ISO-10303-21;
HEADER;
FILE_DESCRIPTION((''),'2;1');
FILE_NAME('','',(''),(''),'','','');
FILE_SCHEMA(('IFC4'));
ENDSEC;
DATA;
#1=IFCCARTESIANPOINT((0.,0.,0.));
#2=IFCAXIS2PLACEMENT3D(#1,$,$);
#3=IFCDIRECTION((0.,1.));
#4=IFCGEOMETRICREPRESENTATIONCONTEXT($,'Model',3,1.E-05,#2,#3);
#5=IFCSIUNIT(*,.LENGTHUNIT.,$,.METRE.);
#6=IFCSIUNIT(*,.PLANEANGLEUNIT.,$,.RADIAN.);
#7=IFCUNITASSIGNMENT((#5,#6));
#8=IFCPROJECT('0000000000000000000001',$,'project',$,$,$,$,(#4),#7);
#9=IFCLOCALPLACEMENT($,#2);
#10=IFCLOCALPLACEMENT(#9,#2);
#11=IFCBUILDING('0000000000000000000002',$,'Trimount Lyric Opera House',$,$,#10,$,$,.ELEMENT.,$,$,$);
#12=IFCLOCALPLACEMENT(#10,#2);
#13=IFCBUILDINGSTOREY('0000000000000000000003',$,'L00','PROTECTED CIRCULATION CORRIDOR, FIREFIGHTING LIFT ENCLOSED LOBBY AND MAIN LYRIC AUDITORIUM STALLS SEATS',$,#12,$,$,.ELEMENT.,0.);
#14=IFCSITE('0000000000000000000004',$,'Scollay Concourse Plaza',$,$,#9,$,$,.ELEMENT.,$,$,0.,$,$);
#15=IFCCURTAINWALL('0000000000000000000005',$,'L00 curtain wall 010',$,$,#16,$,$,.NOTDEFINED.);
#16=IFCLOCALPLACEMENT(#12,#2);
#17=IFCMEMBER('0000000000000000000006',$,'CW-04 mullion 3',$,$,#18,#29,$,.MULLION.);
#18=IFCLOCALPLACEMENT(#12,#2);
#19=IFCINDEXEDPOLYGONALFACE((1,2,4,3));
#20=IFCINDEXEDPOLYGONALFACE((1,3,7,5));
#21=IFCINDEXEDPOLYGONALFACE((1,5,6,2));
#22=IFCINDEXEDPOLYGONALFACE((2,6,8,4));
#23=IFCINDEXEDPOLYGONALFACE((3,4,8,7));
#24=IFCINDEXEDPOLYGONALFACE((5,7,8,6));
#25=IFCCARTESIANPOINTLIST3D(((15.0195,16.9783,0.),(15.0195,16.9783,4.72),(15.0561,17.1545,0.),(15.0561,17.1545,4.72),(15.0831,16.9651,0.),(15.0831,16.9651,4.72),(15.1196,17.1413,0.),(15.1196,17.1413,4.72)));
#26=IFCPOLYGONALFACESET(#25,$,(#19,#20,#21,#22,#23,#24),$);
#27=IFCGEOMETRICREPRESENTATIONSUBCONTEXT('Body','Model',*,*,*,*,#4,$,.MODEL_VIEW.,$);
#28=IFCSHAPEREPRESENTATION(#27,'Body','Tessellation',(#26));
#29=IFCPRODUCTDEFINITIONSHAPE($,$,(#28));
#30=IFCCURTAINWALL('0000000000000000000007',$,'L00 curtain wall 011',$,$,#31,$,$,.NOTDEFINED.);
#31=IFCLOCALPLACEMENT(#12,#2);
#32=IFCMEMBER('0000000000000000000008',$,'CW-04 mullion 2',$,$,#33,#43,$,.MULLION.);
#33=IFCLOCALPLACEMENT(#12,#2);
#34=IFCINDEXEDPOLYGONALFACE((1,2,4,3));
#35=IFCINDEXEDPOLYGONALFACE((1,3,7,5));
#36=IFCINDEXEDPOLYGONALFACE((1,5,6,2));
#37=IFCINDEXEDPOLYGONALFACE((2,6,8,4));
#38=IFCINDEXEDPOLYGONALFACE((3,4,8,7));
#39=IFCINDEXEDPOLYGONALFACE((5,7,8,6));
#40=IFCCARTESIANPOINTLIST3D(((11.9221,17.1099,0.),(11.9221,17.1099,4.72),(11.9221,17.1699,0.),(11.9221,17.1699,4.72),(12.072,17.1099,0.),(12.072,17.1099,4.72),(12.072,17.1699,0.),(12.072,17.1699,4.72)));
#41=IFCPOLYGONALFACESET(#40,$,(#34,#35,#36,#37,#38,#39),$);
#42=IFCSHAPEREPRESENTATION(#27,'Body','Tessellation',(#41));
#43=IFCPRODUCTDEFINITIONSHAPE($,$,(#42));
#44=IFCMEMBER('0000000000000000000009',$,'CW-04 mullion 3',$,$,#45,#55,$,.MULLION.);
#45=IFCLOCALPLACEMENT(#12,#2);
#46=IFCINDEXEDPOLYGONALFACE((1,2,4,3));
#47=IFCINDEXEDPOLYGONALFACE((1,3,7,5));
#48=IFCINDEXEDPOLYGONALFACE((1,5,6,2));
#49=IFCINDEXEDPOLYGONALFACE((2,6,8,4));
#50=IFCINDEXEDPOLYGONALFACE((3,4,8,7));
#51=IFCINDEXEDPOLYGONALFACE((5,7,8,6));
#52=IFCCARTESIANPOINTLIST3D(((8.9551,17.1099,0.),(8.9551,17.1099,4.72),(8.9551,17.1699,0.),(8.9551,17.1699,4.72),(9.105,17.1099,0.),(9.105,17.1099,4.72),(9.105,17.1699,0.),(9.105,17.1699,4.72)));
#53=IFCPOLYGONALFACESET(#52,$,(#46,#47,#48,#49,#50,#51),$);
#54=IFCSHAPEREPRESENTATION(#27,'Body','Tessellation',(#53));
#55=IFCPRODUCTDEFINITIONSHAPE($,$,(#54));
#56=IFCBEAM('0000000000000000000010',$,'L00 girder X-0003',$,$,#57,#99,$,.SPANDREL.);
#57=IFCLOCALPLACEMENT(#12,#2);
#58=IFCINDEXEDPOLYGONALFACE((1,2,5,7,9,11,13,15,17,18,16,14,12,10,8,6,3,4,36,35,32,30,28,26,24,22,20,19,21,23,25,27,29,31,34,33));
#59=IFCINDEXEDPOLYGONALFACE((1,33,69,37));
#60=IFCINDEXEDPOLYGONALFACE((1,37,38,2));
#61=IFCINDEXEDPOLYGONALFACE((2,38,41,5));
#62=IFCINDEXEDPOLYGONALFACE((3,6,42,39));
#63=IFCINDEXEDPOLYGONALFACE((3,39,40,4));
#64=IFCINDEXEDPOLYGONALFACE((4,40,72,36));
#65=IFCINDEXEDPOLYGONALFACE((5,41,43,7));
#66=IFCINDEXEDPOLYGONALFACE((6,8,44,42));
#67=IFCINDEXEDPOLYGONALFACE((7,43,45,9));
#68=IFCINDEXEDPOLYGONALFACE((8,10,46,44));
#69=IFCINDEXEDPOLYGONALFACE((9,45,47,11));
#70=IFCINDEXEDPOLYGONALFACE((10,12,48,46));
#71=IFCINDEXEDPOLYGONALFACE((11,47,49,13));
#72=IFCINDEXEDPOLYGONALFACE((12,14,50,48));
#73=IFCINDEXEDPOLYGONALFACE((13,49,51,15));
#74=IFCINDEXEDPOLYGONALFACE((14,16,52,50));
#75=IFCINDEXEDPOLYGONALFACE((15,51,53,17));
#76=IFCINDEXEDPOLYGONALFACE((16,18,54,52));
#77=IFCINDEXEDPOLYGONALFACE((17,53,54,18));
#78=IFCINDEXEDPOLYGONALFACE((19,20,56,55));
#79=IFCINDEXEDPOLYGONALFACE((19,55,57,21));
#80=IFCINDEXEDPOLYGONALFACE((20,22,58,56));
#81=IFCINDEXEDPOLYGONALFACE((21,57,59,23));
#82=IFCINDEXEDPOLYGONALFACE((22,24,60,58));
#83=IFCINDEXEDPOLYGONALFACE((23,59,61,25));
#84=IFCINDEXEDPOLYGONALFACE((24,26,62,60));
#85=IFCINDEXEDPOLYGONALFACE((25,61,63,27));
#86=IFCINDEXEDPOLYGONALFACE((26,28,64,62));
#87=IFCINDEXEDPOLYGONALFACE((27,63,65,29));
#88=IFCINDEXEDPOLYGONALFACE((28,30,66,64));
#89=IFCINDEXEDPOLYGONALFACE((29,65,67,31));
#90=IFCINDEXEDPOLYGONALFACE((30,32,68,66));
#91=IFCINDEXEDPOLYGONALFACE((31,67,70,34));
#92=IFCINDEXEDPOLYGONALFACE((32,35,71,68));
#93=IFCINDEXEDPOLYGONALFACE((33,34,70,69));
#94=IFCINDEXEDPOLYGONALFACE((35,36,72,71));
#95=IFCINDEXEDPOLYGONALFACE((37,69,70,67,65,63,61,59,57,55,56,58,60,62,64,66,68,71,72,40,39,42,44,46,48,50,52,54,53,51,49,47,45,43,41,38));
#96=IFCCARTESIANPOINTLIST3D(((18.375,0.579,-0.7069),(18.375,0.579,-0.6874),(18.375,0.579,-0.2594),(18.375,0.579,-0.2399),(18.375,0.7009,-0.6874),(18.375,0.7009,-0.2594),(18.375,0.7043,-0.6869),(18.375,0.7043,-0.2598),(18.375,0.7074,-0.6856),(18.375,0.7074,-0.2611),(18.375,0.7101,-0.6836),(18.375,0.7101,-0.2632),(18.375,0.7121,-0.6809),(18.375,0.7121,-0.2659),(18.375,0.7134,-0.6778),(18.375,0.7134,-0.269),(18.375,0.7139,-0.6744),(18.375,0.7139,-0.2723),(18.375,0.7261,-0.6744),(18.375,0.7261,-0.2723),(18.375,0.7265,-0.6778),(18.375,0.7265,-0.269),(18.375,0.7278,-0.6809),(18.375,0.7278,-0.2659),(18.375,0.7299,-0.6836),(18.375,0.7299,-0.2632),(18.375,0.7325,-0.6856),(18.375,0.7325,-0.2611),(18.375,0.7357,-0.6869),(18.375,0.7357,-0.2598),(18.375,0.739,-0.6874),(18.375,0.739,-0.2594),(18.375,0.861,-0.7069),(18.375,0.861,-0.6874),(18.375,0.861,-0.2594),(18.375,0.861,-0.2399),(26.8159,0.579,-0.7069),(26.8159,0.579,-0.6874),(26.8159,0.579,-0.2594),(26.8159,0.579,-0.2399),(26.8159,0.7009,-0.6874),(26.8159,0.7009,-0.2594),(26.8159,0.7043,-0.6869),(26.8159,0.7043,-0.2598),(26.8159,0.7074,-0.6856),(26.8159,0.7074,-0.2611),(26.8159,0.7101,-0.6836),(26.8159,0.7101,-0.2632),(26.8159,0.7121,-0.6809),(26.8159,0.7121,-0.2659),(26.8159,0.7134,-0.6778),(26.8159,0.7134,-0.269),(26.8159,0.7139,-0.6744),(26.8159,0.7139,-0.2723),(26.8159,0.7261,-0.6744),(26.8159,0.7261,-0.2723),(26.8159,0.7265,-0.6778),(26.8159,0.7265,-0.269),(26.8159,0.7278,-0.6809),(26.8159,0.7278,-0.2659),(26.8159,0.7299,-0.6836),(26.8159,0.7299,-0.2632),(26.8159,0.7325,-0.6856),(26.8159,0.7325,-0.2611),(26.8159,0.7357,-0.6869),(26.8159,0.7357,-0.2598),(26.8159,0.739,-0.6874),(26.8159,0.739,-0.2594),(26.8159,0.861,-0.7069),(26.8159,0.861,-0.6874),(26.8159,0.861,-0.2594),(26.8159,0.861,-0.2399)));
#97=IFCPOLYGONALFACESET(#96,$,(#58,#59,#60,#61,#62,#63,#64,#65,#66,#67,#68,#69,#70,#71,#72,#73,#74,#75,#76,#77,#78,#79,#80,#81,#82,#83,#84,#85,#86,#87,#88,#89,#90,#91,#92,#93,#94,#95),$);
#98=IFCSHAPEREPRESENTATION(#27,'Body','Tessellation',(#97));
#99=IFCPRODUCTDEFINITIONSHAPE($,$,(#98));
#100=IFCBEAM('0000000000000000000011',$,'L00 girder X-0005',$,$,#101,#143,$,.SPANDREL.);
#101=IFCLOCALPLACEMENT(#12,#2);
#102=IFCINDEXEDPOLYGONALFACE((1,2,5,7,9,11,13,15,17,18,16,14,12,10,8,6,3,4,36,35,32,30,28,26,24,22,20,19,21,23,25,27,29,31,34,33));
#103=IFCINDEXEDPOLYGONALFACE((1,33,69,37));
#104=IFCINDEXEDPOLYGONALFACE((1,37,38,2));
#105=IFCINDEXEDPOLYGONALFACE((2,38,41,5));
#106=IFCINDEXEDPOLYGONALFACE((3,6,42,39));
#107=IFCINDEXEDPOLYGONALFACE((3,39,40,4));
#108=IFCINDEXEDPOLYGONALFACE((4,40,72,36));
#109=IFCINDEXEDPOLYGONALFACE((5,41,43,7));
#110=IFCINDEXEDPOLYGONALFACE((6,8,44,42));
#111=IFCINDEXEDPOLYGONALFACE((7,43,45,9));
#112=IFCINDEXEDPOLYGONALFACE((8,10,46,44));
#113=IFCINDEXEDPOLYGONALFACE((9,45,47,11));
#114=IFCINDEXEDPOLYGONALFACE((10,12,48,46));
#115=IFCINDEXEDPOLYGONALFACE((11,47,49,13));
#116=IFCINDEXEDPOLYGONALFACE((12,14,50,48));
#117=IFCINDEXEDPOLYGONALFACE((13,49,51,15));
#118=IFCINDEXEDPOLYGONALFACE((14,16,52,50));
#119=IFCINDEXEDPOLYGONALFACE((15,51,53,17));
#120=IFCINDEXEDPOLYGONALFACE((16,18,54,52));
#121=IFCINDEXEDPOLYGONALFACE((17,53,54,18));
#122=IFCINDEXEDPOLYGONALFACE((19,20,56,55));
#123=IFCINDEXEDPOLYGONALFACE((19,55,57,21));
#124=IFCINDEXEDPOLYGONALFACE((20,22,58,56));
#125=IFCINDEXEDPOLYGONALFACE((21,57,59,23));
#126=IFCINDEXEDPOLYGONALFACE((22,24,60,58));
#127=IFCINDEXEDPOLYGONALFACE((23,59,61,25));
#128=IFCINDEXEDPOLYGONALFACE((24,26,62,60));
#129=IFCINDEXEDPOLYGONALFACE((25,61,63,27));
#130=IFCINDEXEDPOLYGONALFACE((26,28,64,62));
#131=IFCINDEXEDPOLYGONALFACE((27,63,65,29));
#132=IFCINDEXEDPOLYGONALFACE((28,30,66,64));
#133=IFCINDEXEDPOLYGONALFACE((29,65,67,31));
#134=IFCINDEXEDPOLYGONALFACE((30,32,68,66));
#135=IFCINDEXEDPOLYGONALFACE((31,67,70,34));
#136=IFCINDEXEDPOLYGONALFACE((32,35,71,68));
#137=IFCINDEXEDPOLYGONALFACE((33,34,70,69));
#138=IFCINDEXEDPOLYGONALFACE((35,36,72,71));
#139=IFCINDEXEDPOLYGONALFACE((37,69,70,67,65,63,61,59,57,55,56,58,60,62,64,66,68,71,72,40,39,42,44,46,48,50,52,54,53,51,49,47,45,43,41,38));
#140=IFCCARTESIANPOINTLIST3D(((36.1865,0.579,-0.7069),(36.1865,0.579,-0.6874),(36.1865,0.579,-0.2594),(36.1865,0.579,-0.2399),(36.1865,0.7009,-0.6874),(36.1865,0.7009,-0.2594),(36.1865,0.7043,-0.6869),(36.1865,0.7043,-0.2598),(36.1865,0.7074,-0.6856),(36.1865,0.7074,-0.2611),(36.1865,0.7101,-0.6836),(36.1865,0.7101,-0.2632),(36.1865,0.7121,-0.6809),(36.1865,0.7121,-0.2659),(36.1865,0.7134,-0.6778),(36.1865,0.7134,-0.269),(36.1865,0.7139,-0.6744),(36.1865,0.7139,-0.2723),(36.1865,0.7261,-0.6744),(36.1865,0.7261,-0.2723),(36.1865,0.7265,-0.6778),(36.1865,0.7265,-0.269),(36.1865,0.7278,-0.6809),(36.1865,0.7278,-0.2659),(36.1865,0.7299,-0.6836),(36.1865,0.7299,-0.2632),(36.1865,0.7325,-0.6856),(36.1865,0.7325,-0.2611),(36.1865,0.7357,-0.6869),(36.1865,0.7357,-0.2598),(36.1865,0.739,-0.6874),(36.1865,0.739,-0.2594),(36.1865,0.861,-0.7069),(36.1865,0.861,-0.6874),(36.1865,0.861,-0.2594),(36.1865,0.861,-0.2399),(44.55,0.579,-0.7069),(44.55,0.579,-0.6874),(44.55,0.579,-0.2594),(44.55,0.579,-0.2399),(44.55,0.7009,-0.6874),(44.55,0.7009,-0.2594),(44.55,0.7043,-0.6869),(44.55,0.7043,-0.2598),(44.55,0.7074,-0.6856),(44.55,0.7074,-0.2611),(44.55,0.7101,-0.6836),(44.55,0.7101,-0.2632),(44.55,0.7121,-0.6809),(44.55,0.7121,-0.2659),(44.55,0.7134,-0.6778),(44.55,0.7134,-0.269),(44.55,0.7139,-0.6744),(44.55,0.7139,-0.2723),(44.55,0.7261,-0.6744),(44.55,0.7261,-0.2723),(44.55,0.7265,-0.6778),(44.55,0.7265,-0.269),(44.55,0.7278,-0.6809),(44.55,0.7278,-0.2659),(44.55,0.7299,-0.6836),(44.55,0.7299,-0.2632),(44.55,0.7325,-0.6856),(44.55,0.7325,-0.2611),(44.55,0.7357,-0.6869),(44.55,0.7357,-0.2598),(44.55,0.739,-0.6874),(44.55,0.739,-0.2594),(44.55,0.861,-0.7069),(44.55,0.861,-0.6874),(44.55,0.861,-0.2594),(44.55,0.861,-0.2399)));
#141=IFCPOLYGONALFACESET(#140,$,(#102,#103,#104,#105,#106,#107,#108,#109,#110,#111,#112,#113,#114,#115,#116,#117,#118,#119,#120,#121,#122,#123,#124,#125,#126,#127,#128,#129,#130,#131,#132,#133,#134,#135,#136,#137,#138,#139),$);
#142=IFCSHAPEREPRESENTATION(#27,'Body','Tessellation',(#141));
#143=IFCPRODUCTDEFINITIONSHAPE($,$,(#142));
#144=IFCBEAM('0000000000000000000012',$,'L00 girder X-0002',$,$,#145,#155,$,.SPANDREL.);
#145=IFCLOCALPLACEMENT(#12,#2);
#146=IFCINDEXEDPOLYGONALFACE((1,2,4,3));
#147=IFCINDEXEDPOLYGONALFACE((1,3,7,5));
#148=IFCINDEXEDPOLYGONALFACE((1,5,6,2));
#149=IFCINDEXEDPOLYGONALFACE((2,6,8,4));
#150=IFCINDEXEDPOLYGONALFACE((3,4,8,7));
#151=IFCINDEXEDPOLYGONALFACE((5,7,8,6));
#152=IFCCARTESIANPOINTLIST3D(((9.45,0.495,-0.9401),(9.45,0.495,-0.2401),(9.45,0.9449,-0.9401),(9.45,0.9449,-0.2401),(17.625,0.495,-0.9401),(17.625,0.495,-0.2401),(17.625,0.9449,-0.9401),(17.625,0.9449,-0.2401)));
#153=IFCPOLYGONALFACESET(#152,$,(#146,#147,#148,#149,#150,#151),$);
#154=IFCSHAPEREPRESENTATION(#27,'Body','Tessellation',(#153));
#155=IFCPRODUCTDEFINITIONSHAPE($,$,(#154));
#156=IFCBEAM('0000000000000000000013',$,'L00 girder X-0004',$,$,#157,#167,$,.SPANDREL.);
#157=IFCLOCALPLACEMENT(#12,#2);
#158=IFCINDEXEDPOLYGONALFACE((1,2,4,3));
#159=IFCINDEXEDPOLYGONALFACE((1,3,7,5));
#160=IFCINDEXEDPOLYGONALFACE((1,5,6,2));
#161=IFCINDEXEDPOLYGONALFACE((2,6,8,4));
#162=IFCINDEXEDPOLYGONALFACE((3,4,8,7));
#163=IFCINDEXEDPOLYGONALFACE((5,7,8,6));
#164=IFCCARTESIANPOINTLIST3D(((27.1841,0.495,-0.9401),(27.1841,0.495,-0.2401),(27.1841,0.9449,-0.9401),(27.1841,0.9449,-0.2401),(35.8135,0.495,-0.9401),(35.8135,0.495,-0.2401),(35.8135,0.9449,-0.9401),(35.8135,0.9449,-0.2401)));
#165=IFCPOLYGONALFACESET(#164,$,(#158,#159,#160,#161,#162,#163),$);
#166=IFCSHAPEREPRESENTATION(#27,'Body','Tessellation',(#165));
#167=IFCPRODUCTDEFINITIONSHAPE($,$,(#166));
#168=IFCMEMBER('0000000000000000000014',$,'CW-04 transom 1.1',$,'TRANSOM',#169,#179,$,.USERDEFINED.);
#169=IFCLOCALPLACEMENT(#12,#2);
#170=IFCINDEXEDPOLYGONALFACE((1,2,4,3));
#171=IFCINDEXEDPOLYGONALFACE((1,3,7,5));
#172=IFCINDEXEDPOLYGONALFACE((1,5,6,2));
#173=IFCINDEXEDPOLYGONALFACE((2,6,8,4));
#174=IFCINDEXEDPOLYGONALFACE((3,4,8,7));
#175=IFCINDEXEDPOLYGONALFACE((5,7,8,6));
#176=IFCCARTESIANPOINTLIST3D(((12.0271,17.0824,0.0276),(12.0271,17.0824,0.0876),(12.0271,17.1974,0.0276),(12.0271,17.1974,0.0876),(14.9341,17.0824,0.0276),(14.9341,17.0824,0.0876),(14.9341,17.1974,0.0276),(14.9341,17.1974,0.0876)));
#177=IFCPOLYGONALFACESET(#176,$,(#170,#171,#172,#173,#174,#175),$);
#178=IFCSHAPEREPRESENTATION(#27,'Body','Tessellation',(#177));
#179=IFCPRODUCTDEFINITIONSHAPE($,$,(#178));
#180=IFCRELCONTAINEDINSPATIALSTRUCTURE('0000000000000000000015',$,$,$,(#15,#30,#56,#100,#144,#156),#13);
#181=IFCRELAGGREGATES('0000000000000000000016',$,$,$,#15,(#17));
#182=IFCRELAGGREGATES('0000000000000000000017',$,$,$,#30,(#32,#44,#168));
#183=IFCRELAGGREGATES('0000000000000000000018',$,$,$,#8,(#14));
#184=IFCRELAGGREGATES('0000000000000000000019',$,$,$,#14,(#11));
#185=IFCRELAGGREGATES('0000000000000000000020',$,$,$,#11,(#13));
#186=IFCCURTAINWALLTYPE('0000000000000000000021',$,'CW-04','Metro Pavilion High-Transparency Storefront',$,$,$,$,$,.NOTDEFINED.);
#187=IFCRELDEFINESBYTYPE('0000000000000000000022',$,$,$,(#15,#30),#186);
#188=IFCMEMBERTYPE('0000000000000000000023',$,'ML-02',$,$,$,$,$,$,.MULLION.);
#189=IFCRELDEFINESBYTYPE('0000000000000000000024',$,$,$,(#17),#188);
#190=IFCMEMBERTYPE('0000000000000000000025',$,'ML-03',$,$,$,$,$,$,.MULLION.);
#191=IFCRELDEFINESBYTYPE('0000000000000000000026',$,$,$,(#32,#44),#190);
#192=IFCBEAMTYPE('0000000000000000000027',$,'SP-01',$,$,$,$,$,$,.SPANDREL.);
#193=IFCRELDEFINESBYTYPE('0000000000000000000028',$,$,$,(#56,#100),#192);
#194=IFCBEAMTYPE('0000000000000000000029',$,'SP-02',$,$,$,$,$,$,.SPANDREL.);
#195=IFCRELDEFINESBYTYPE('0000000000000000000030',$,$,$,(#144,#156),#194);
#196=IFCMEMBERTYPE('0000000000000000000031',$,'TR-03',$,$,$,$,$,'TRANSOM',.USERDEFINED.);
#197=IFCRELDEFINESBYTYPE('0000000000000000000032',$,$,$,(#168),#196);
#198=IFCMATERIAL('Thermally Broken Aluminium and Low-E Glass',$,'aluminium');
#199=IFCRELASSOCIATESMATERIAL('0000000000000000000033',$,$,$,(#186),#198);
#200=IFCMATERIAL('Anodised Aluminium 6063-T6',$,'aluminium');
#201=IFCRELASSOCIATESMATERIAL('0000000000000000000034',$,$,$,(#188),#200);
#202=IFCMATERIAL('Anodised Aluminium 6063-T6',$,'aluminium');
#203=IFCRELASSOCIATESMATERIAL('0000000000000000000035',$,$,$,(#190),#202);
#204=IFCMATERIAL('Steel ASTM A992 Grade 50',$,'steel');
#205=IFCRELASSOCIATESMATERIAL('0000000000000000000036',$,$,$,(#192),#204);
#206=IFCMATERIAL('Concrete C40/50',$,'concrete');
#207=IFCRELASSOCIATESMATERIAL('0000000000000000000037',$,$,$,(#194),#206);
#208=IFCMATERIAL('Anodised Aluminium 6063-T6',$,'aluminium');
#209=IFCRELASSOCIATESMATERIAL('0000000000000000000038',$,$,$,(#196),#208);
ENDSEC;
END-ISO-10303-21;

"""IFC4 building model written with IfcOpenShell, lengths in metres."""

from ifc_helpers import new_model, si_unit, direction, frame, origin, origin_2d, place, context, subcontext, project, spatial, rectangle, i_section, extrude, material, material_profile, profile_set, type_object, element, aggregate, save


model = new_model("IFC4")

# Units and contexts
model_context = context("Model", 3, precision=1e-05, world=origin(), true_north=direction((0.0, 1.0)))
body_context = subcontext(model_context, "Body", "Model", "MODEL_VIEW")
ifc_project = project(units=[si_unit("LENGTHUNIT", "METRE"), si_unit("PLANEANGLEUNIT", "RADIAN")], contexts=[model_context])

# Site, building, storey
site_placement = place(None, origin())
site = spatial("IfcSite", under=ifc_project, at=site_placement, Name="Scollay Concourse Plaza", CompositionType="ELEMENT", RefElevation=0.0)
building_placement = place(site_placement, origin())
building = spatial("IfcBuilding", under=site, at=building_placement, Name="Trimount Lyric Opera House", CompositionType="ELEMENT")
storey_placement = place(building_placement, origin())
storey = spatial("IfcBuildingStorey", under=building, at=storey_placement, Name="L00", Description="PROTECTED CIRCULATION CORRIDOR, FIREFIGHTING LIFT ENCLOSED LOBBY AND MAIN LYRIC AUDITORIUM STALLS SEATS", CompositionType="ELEMENT", Elevation=0.0)

# Curtain wall, member
ifc_material_1 = material(Name="Thermally Broken Aluminium and Low-E Glass", Category="aluminium")
curtain_wall_type = type_object("IfcCurtainWallType", Name="CW-04", Description="Metro Pavilion High-Transparency Storefront", PredefinedType="NOTDEFINED", material=ifc_material_1)
curtain_wall_1_placement = place(storey_placement, origin())
curtain_wall_1 = element("IfcCurtainWall", 1, at=curtain_wall_1_placement, inside=storey, type_object=curtain_wall_type, Name="L00 curtain wall 010", PredefinedType="NOTDEFINED")
ifc_material_2 = material(Name="Anodised Aluminium 6063-T6", Category="aluminium")
ifc_material_profile_1 = material_profile(ifc_material_2, rectangle(XDim=0.0649, YDim=0.1799, at=origin_2d()), Name="ALU-MULL-65X180")
ifc_profile_set_1 = profile_set([ifc_material_profile_1], Name="Anodised Aluminium 6063-T6")
member_type_1 = type_object("IfcMemberType", Name="ML-02", PredefinedType="MULLION", material=ifc_profile_set_1)
member_1_placement = place(storey_placement, frame((15.0696, 17.0598, 0.0), z_axis=(0.0, 0.0, 1.0), x_axis=(0.979154, -0.203121, 0.0)))
member_1 = element("IfcMember", 2, at=member_1_placement, type_object=member_type_1, Name="CW-04 mullion 3", PredefinedType="MULLION", context=body_context, shape_type="SweptSolid", body=[
    extrude(rectangle(XDim=0.0649, YDim=0.1799, at=origin_2d()), origin(), (0.0, 0.0, 1.0), 4.72),
])
aggregate(curtain_wall_1, [member_1])

# Curtain wall, members
curtain_wall_2_placement = place(storey_placement, origin())
curtain_wall_2 = element("IfcCurtainWall", 3, at=curtain_wall_2_placement, inside=storey, type_object=curtain_wall_type, Name="L00 curtain wall 011", PredefinedType="NOTDEFINED")
ifc_material_3 = material(Name="Anodised Aluminium 6063-T6", Category="aluminium")
ifc_material_profile_2 = material_profile(ifc_material_3, rectangle(XDim=0.0601, YDim=0.1499, at=origin_2d()), Name="ALU-MULL-60X150")
ifc_profile_set_2 = profile_set([ifc_material_profile_2], Name="Anodised Aluminium 6063-T6")
member_type_2 = type_object("IfcMemberType", Name="ML-03", PredefinedType="MULLION", material=ifc_profile_set_2)
member_2_placement = place(storey_placement, frame((11.9971, 17.1399, 0.0), z_axis=(0.0, 0.0, 1.0), x_axis=(0.0, -1.0, 0.0)))
member_2 = element("IfcMember", 4, at=member_2_placement, type_object=member_type_2, Name="CW-04 mullion 2", PredefinedType="MULLION", context=body_context, shape_type="SweptSolid", body=[
    extrude(rectangle(XDim=0.0601, YDim=0.1499, at=origin_2d()), origin(), (0.0, 0.0, 1.0), 4.72),
])
member_3_placement = place(storey_placement, frame((9.03, 17.1399, 0.0), z_axis=(0.0, 0.0, 1.0), x_axis=(0.0, -1.0, 0.0)))
member_3 = element("IfcMember", 5, at=member_3_placement, type_object=member_type_2, Name="CW-04 mullion 3", PredefinedType="MULLION", context=body_context, shape_type="SweptSolid", body=[
    extrude(rectangle(XDim=0.0601, YDim=0.1499, at=origin_2d()), origin(), (0.0, 0.0, 1.0), 4.72),
])

# Beams
ifc_material_4 = material(Name="Steel ASTM A992 Grade 50", Category="steel")
ifc_material_profile_3 = material_profile(ifc_material_4, i_section(OverallWidth=0.282, OverallDepth=0.467, WebThickness=0.0122, FlangeThickness=0.0195, FilletRadius=0.0129, at=origin_2d()), Name="W18X86")
ifc_profile_set_3 = profile_set([ifc_material_profile_3], Name="Steel ASTM A992 Grade 50")
beam_type_1 = type_object("IfcBeamType", Name="SP-01", PredefinedType="SPANDREL", material=ifc_profile_set_3)
beam_1_placement = place(storey_placement, frame((18.375, 0.72, -0.4734), z_axis=(1.0, 0.0, 0.0), x_axis=(0.0, 1.0, 0.0)))
element("IfcBeam", 6, at=beam_1_placement, inside=storey, type_object=beam_type_1, Name="L00 girder X-0003", PredefinedType="SPANDREL", context=body_context, shape_type="SweptSolid", body=[
    extrude(i_section(OverallWidth=0.282, OverallDepth=0.467, WebThickness=0.0122, FlangeThickness=0.0195, FilletRadius=0.0129, at=origin_2d()), origin(), (0.0, 0.0, 1.0), 8.4409),
])
beam_2_placement = place(storey_placement, frame((36.1865, 0.72, -0.4734), z_axis=(1.0, 0.0, 0.0), x_axis=(0.0, 1.0, 0.0)))
element("IfcBeam", 7, at=beam_2_placement, inside=storey, type_object=beam_type_1, Name="L00 girder X-0005", PredefinedType="SPANDREL", context=body_context, shape_type="SweptSolid", body=[
    extrude(i_section(OverallWidth=0.282, OverallDepth=0.467, WebThickness=0.0122, FlangeThickness=0.0195, FilletRadius=0.0129, at=origin_2d()), origin(), (0.0, 0.0, 1.0), 8.3635),
])
ifc_material_5 = material(Name="Concrete C40/50", Category="concrete")
ifc_material_profile_4 = material_profile(ifc_material_5, rectangle(XDim=0.45, YDim=0.7, at=origin_2d()), Name="RC450X700")
ifc_profile_set_4 = profile_set([ifc_material_profile_4], Name="Concrete C40/50")
beam_type_2 = type_object("IfcBeamType", Name="SP-02", PredefinedType="SPANDREL", material=ifc_profile_set_4)
beam_3_placement = place(storey_placement, frame((9.45, 0.72, -0.5901), z_axis=(1.0, 0.0, 0.0), x_axis=(0.0, 1.0, 0.0)))
element("IfcBeam", 8, at=beam_3_placement, inside=storey, type_object=beam_type_2, Name="L00 girder X-0002", PredefinedType="SPANDREL", context=body_context, shape_type="SweptSolid", body=[
    extrude(rectangle(XDim=0.45, YDim=0.7, at=origin_2d()), origin(), (0.0, 0.0, 1.0), 8.175),
])
beam_4_placement = place(storey_placement, frame((27.1841, 0.72, -0.5901), z_axis=(1.0, 0.0, 0.0), x_axis=(0.0, 1.0, 0.0)))
element("IfcBeam", 9, at=beam_4_placement, inside=storey, type_object=beam_type_2, Name="L00 girder X-0004", PredefinedType="SPANDREL", context=body_context, shape_type="SweptSolid", body=[
    extrude(rectangle(XDim=0.45, YDim=0.7, at=origin_2d()), origin(), (0.0, 0.0, 1.0), 8.6294),
])

# Member
ifc_material_6 = material(Name="Anodised Aluminium 6063-T6", Category="aluminium")
ifc_material_profile_5 = material_profile(ifc_material_6, rectangle(XDim=0.115, YDim=0.0601, at=origin_2d()), Name="ALU-TRAN-60X115")
ifc_profile_set_5 = profile_set([ifc_material_profile_5], Name="Anodised Aluminium 6063-T6")
member_type_3 = type_object("IfcMemberType", Name="TR-03", ElementType="TRANSOM", PredefinedType="USERDEFINED", material=ifc_profile_set_5)
member_4_placement = place(storey_placement, frame((14.9341, 17.1399, 0.0576), z_axis=(-1.0, 0.0, 0.0), x_axis=(0.0, -1.0, 0.0)))
member_4 = element("IfcMember", 10, at=member_4_placement, type_object=member_type_3, Name="CW-04 transom 1.1", ObjectType="TRANSOM", PredefinedType="USERDEFINED", context=body_context, shape_type="SweptSolid", body=[
    extrude(rectangle(XDim=0.115, YDim=0.0601, at=origin_2d()), origin(), (0.0, 0.0, 1.0), 2.907),
])

aggregate(curtain_wall_2, [member_2, member_3, member_4])

save(model, "model.ifc")
